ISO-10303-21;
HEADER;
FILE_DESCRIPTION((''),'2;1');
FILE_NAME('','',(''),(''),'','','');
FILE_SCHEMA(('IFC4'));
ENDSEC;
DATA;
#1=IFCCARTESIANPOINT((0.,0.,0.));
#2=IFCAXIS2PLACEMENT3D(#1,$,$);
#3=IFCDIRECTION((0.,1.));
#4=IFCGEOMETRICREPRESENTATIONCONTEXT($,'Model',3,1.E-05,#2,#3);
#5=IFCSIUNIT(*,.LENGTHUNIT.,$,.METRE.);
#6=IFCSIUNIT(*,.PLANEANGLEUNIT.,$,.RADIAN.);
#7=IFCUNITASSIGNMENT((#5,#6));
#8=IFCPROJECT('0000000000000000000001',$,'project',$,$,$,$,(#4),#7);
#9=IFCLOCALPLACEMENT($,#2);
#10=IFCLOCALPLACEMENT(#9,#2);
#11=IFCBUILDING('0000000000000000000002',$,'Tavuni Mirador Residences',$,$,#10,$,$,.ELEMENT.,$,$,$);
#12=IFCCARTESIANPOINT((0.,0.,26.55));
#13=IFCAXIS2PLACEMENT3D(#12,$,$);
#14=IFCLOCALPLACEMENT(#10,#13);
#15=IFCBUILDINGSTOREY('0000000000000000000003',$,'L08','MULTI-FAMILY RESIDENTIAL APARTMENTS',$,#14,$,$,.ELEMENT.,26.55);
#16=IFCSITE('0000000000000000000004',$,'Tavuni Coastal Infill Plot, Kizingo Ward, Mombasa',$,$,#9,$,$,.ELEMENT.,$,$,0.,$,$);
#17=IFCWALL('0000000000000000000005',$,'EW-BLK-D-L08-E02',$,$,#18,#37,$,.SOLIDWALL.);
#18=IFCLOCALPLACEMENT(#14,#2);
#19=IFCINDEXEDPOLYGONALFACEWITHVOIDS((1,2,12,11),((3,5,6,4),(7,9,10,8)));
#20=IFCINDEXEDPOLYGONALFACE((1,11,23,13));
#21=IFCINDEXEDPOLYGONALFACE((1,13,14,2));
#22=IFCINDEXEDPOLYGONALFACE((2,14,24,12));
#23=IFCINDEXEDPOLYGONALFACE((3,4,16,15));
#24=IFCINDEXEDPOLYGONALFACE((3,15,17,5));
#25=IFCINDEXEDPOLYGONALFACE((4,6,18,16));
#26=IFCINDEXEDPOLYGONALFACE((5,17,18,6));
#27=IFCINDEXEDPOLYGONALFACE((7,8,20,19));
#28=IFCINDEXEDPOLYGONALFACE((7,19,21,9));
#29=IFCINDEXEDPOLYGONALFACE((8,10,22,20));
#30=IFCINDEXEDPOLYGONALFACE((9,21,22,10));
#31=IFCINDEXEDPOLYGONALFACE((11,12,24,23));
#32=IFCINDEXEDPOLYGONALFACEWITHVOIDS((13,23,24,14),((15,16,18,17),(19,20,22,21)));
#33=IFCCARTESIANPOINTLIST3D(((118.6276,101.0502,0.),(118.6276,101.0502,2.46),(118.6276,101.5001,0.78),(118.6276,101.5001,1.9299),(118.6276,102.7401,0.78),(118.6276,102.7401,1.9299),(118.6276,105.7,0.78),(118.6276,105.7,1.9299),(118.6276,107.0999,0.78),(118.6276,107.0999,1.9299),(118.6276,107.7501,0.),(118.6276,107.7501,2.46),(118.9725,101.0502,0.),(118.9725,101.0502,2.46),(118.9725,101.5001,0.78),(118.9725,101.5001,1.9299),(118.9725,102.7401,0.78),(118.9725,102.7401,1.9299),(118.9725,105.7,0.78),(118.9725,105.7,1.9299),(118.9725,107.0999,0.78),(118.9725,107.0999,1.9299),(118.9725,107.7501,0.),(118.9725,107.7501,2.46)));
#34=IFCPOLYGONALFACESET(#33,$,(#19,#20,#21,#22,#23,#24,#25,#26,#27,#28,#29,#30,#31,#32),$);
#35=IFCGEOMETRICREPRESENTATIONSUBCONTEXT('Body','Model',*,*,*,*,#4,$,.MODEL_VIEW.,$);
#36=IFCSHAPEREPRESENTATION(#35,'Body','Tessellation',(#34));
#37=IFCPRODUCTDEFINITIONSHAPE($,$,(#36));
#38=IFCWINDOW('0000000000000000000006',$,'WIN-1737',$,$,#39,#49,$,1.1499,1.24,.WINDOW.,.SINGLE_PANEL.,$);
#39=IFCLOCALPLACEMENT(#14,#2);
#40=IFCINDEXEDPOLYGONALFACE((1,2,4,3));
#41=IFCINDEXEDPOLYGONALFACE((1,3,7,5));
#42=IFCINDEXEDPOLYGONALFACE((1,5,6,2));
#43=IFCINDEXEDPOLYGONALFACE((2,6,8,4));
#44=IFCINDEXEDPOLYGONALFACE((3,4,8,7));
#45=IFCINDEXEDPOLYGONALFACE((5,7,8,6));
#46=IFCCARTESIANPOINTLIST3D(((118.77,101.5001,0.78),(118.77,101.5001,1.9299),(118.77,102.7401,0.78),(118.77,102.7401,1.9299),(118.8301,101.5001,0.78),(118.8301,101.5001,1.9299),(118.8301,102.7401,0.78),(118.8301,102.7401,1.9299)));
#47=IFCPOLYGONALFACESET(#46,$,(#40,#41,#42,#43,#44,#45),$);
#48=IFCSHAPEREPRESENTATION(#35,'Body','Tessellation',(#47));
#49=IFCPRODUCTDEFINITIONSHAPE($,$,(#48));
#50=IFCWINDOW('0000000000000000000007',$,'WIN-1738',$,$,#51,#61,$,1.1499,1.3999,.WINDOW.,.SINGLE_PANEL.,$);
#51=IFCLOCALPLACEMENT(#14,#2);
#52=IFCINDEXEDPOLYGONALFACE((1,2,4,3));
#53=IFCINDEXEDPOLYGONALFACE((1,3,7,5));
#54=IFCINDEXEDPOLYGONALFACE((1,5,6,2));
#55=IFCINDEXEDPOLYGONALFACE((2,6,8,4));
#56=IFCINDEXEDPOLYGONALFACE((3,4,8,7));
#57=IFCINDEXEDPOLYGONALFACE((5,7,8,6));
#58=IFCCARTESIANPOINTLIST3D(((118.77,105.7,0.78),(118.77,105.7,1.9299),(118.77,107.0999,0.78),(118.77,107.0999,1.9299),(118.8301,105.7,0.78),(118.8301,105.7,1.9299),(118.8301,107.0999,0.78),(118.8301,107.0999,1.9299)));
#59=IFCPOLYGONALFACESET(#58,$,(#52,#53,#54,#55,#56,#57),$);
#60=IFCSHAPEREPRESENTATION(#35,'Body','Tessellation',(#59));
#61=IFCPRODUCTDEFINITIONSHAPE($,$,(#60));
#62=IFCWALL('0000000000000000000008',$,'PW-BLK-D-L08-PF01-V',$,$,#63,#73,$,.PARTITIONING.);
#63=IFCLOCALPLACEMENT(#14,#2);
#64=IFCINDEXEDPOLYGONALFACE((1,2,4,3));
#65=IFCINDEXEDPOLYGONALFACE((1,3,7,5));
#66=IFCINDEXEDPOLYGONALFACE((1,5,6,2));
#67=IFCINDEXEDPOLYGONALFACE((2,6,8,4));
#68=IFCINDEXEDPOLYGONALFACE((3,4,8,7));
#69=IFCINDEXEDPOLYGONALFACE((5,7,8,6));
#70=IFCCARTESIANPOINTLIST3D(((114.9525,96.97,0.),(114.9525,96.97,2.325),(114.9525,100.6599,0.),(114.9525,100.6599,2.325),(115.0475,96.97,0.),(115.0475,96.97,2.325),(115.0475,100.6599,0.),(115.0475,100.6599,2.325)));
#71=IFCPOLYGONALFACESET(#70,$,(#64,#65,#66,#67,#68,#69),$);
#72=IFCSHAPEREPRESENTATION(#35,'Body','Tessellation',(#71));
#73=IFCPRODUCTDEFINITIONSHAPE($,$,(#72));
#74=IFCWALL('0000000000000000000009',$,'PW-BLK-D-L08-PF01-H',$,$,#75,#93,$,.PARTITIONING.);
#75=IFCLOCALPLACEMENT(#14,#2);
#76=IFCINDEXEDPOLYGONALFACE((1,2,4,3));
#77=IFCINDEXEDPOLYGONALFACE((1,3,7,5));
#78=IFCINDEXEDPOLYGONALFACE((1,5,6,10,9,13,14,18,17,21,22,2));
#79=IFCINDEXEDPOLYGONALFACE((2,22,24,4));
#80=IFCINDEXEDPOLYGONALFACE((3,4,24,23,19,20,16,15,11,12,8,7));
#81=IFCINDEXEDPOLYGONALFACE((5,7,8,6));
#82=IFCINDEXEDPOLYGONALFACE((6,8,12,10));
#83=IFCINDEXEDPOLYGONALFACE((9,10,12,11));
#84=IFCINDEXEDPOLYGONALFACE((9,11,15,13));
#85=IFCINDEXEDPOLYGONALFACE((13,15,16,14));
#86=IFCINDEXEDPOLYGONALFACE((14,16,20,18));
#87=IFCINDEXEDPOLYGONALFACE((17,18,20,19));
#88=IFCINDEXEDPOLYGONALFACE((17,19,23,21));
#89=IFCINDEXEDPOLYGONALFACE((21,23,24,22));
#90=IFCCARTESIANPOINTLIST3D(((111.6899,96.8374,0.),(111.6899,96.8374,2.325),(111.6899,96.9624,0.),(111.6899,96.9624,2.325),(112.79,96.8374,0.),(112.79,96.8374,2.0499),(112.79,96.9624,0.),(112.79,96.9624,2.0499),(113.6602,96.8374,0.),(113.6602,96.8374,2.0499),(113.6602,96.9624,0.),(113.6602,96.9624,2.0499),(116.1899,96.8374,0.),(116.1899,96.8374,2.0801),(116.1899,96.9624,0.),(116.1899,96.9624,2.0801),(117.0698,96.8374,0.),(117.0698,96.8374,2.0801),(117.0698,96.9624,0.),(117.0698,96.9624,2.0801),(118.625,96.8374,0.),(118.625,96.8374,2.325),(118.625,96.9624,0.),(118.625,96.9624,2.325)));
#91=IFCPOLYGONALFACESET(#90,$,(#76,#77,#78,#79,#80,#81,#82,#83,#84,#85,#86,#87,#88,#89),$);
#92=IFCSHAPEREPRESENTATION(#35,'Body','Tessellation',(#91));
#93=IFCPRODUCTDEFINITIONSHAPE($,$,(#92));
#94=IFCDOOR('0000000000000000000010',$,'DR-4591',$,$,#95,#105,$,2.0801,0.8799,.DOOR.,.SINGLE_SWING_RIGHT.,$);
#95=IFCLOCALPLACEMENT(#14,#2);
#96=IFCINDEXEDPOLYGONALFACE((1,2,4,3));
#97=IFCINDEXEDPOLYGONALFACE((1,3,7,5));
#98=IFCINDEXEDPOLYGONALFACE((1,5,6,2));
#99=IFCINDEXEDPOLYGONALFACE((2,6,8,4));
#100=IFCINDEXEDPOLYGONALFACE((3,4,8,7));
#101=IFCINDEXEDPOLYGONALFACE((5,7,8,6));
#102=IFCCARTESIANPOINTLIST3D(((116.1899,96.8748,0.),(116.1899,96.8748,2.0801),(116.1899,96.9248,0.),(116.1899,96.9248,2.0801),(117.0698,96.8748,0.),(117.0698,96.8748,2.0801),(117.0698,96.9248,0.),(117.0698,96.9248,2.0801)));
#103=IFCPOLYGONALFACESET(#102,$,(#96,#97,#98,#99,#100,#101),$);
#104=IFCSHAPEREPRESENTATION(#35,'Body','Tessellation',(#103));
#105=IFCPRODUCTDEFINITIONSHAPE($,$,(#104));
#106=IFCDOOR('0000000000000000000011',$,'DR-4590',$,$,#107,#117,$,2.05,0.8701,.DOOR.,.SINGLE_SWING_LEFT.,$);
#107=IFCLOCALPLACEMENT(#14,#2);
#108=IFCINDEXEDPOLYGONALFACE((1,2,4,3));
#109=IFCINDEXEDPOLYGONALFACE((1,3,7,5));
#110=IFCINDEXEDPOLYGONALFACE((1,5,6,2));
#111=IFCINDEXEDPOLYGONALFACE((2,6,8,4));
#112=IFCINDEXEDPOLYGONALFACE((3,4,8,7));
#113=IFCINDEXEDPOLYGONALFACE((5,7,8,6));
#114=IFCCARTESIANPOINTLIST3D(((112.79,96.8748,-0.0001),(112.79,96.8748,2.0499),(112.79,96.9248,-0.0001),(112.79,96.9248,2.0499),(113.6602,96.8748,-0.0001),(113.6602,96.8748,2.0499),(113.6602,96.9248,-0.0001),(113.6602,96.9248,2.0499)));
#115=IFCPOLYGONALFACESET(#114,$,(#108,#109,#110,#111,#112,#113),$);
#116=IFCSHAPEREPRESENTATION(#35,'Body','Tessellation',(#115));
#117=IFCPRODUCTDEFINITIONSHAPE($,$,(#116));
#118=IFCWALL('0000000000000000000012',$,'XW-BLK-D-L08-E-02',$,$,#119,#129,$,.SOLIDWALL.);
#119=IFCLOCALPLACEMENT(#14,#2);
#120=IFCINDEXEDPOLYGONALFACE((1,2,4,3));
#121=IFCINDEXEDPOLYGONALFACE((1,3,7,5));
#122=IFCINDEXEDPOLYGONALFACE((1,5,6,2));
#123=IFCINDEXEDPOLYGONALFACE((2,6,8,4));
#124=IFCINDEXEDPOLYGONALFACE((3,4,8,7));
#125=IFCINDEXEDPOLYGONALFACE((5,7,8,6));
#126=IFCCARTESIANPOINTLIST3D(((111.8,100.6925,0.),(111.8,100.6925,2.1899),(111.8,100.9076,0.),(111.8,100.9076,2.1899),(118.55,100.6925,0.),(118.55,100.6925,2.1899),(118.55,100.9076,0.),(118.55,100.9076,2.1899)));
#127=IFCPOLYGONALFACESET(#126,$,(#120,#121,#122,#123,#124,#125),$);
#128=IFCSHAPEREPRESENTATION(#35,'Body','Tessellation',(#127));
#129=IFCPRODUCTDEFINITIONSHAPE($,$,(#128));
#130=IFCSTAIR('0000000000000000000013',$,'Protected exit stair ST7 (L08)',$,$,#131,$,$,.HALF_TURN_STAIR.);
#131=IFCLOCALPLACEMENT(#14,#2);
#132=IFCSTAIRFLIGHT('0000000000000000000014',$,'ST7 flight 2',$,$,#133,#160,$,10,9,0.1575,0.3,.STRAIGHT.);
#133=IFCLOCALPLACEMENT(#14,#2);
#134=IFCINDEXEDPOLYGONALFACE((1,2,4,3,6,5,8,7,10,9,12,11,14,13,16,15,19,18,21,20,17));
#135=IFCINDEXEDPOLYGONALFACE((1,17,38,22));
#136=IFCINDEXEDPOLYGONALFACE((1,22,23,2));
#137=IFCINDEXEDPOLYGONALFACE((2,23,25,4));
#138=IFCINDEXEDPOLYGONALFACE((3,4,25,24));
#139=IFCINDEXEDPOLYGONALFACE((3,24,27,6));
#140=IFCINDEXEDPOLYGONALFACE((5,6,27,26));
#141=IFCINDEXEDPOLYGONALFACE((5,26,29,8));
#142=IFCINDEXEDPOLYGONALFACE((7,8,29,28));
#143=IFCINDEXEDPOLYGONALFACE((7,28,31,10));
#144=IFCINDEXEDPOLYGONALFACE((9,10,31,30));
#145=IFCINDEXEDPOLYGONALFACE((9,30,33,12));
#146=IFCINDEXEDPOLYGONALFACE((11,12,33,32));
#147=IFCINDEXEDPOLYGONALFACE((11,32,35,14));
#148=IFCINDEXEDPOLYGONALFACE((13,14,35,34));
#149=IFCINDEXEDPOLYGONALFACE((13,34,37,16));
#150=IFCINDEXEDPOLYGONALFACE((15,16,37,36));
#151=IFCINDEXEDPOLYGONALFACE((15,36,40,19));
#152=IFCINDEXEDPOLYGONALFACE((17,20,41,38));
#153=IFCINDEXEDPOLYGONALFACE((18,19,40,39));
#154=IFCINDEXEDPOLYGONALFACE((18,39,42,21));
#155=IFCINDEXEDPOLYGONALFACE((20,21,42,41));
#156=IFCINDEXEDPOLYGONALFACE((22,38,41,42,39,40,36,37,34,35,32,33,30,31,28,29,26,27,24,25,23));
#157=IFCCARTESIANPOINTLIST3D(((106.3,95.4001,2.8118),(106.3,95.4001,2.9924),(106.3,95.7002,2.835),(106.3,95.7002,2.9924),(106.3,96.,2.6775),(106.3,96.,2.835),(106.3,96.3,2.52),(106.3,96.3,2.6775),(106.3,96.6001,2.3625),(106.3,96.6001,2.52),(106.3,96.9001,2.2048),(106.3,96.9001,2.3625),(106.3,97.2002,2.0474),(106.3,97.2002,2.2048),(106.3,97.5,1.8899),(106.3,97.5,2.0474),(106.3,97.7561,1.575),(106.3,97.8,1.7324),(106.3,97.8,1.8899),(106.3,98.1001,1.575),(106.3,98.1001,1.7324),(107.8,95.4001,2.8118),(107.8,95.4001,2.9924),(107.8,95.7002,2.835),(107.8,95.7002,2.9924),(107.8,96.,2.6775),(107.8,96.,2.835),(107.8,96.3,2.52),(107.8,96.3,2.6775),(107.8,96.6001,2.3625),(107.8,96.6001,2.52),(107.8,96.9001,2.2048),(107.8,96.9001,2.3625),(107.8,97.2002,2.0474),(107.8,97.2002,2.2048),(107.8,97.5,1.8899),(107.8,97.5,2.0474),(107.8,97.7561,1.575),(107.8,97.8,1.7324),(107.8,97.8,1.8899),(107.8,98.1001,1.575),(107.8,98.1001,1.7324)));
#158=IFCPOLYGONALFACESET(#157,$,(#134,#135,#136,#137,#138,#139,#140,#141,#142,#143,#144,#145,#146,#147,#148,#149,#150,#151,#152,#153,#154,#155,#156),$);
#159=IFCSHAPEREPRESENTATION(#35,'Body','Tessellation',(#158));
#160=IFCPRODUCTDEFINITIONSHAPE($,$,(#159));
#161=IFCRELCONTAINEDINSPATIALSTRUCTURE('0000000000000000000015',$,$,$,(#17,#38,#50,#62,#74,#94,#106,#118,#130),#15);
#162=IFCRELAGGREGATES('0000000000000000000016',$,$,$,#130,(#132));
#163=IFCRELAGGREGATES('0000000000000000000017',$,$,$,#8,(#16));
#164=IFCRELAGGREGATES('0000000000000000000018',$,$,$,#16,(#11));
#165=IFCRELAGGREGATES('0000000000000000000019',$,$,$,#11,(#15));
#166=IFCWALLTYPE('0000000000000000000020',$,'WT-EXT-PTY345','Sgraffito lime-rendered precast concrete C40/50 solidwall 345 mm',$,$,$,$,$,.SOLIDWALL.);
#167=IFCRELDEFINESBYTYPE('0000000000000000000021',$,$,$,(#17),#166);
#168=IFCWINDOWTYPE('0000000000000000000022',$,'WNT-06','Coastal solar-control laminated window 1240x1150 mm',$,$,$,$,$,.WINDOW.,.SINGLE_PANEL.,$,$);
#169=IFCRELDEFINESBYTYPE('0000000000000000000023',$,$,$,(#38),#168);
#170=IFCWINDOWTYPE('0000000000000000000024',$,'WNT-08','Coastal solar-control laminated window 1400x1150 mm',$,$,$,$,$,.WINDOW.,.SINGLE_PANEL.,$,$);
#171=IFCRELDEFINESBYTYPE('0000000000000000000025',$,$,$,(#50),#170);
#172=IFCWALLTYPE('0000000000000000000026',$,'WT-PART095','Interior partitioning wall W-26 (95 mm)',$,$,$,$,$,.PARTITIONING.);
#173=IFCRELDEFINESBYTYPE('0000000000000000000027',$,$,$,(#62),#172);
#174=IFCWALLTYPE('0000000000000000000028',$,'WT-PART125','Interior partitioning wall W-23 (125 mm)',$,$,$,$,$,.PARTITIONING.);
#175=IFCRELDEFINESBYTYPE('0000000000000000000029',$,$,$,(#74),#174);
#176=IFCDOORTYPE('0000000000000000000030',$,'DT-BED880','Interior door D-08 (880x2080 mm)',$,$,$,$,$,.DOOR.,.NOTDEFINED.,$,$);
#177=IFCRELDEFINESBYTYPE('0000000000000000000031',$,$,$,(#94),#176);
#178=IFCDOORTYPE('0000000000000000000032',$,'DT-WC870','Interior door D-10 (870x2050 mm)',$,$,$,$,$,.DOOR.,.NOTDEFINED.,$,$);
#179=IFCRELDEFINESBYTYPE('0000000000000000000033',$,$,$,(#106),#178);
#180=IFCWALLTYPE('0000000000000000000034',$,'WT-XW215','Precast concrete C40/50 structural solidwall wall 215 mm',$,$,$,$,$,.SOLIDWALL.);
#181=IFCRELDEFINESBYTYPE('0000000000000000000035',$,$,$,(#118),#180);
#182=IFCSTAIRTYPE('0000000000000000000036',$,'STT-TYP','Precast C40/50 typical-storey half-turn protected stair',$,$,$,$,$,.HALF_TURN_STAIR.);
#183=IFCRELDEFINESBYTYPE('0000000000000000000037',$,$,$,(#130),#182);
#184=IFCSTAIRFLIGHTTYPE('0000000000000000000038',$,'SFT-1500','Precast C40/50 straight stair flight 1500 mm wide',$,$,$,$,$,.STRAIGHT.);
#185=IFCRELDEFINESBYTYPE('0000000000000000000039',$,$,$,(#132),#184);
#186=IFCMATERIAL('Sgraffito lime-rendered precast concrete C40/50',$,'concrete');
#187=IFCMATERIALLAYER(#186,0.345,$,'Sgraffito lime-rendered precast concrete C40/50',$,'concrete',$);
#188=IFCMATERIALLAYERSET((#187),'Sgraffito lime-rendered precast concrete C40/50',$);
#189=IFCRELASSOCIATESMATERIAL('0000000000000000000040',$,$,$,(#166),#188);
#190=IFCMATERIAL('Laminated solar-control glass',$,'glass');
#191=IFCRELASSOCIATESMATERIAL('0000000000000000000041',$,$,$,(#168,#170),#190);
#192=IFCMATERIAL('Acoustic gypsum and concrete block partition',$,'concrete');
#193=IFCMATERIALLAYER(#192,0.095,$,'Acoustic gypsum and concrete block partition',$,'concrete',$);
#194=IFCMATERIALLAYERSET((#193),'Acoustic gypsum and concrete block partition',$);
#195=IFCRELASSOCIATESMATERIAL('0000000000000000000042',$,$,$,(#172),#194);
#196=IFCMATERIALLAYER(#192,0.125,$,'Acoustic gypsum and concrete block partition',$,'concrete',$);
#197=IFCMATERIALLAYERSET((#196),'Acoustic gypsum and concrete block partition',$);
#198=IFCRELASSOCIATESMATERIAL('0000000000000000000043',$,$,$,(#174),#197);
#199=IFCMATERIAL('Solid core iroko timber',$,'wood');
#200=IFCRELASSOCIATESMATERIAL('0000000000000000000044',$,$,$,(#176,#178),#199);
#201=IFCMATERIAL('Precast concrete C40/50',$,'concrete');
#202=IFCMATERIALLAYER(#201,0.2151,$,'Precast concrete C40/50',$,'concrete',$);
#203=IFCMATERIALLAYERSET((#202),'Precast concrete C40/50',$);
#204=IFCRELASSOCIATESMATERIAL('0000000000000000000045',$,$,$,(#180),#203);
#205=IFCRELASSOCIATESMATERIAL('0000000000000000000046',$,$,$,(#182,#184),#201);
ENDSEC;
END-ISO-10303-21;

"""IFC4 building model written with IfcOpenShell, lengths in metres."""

from ifc_helpers import new_model, si_unit, direction, frame, frame_2d, origin, place, context, subcontext, project, spatial, polyline, rectangle, outline, extrude, material, layer, layer_set, type_object, element, fill, aggregate, save


model = new_model("IFC4")

# Units and contexts
model_context = context("Model", 3, precision=1e-05, world=origin(), true_north=direction((0.0, 1.0)))
body_context = subcontext(model_context, "Body", "Model", "MODEL_VIEW")
ifc_project = project(units=[si_unit("LENGTHUNIT", "METRE"), si_unit("PLANEANGLEUNIT", "RADIAN")], contexts=[model_context])

# Site, building, storey
site_placement = place(None, origin())
site = spatial("IfcSite", under=ifc_project, at=site_placement, Name="Tavuni Coastal Infill Plot, Kizingo Ward, Mombasa", CompositionType="ELEMENT", RefElevation=0.0)
building_placement = place(site_placement, origin())
building = spatial("IfcBuilding", under=site, at=building_placement, Name="Tavuni Mirador Residences", CompositionType="ELEMENT")
storey_placement = place(building_placement, frame((0.0, 0.0, 26.55)))
storey = spatial("IfcBuildingStorey", under=building, at=storey_placement, Name="L08", Description="MULTI-FAMILY RESIDENTIAL APARTMENTS", CompositionType="ELEMENT", Elevation=26.55)

# Shared definitions
ifc_material_1 = material(Name="Precast concrete C40/50", Category="concrete")

# Wall, openings, windows
ifc_material_2 = material(Name="Sgraffito lime-rendered precast concrete C40/50", Category="concrete")
ifc_layer_1 = layer(ifc_material_2, 0.345, Name="Sgraffito lime-rendered precast concrete C40/50", Category="concrete")
ifc_layer_set_1 = layer_set([ifc_layer_1], Name="Sgraffito lime-rendered precast concrete C40/50")
wall_type_1 = type_object("IfcWallType", Name="WT-EXT-PTY345", Description="Sgraffito lime-rendered precast concrete C40/50 solidwall 345 mm", PredefinedType="SOLIDWALL", material=ifc_layer_set_1)
wall_1_placement = place(storey_placement, frame((118.8, 101.05, 0.0), z_axis=(0.0, 0.0, 1.0), x_axis=(0.0, 1.0, 0.0)))
wall_1 = element("IfcWall", 1, at=wall_1_placement, inside=storey, type_object=wall_type_1, Name="EW-BLK-D-L08-E02", PredefinedType="SOLIDWALL", context=body_context, shape_type="SweptSolid", body=[
    extrude(rectangle(XDim=6.7, YDim=0.345, at=frame_2d((3.3501, 0.0))), origin(), (0.0, 0.0, 1.0), 2.46),
])
opening_1_placement = place(wall_1_placement, frame((0.45, 0.0, 0.78)))
opening_1 = element("IfcOpeningElement", 2, at=opening_1_placement, cuts=wall_1, PredefinedType="OPENING", context=body_context, shape_type="SweptSolid", body=[
    extrude(rectangle(XDim=1.24, YDim=1.1499, at=frame_2d((0.6201, 0.575))), frame((0.0, 0.1826, 0.0), z_axis=(0.0, -1.0, 0.0), x_axis=(1.0, 0.0, 0.0)), (0.0, 0.0, 1.0), 0.365),
])
opening_2_placement = place(wall_1_placement, frame((4.6499, 0.0, 0.78)))
opening_2 = element("IfcOpeningElement", 3, at=opening_2_placement, cuts=wall_1, PredefinedType="OPENING", context=body_context, shape_type="SweptSolid", body=[
    extrude(rectangle(XDim=1.3999, YDim=1.1499, at=frame_2d((0.7, 0.575))), frame((0.0, 0.1826, 0.0), z_axis=(0.0, -1.0, 0.0), x_axis=(1.0, 0.0, 0.0)), (0.0, 0.0, 1.0), 0.365),
])
ifc_material_3 = material(Name="Laminated solar-control glass", Category="glass")
window_type_1 = type_object("IfcWindowType", Name="WNT-06", Description="Coastal solar-control laminated window 1240x1150 mm", PartitioningType="SINGLE_PANEL", PredefinedType="WINDOW", material=ifc_material_3)
window_1_placement = place(opening_1_placement, origin())
window_1 = element("IfcWindow", 4, at=window_1_placement, inside=storey, type_object=window_type_1, Name="WIN-1737", OverallHeight=1.1499, OverallWidth=1.24, PartitioningType="SINGLE_PANEL", PredefinedType="WINDOW", context=body_context, shape_type="SweptSolid", body=[
    extrude(rectangle(XDim=1.24, YDim=1.1499, at=frame_2d((0.6201, 0.575))), frame((0.0, 0.03, 0.0), z_axis=(0.0, -1.0, 0.0), x_axis=(1.0, 0.0, 0.0)), (0.0, 0.0, 1.0), 0.0601),
])
fill(opening_1, window_1)
window_type_2 = type_object("IfcWindowType", Name="WNT-08", Description="Coastal solar-control laminated window 1400x1150 mm", PartitioningType="SINGLE_PANEL", PredefinedType="WINDOW", material=ifc_material_3)
window_2_placement = place(opening_2_placement, origin())
window_2 = element("IfcWindow", 5, at=window_2_placement, inside=storey, type_object=window_type_2, Name="WIN-1738", OverallHeight=1.1499, OverallWidth=1.3999, PartitioningType="SINGLE_PANEL", PredefinedType="WINDOW", context=body_context, shape_type="SweptSolid", body=[
    extrude(rectangle(XDim=1.3999, YDim=1.1499, at=frame_2d((0.7, 0.575))), frame((0.0, 0.03, 0.0), z_axis=(0.0, -1.0, 0.0), x_axis=(1.0, 0.0, 0.0)), (0.0, 0.0, 1.0), 0.0601),
])
fill(opening_2, window_2)

# Wall
ifc_material_4 = material(Name="Acoustic gypsum and concrete block partition", Category="concrete")
ifc_layer_2 = layer(ifc_material_4, 0.095, Name="Acoustic gypsum and concrete block partition", Category="concrete")
ifc_layer_set_2 = layer_set([ifc_layer_2], Name="Acoustic gypsum and concrete block partition")
wall_type_2 = type_object("IfcWallType", Name="WT-PART095", Description="Interior partitioning wall W-26 (95 mm)", PredefinedType="PARTITIONING", material=ifc_layer_set_2)
wall_2_placement = place(storey_placement, frame((115.0, 96.97, 0.0), z_axis=(0.0, 0.0, 1.0), x_axis=(0.0, 1.0, 0.0)))
element("IfcWall", 6, at=wall_2_placement, inside=storey, type_object=wall_type_2, Name="PW-BLK-D-L08-PF01-V", PredefinedType="PARTITIONING", context=body_context, shape_type="SweptSolid", body=[
    extrude(rectangle(XDim=3.6899, YDim=0.095, at=frame_2d((1.845, 0.0))), origin(), (0.0, 0.0, 1.0), 2.325),
])

# Wall, openings, doors
ifc_layer_3 = layer(ifc_material_4, 0.125, Name="Acoustic gypsum and concrete block partition", Category="concrete")
ifc_layer_set_3 = layer_set([ifc_layer_3], Name="Acoustic gypsum and concrete block partition")
wall_type_3 = type_object("IfcWallType", Name="WT-PART125", Description="Interior partitioning wall W-23 (125 mm)", PredefinedType="PARTITIONING", material=ifc_layer_set_3)
wall_3_placement = place(storey_placement, frame((111.6899, 96.8999, 0.0), z_axis=(0.0, 0.0, 1.0), x_axis=(1.0, 0.0, 0.0)))
wall_3 = element("IfcWall", 7, at=wall_3_placement, inside=storey, type_object=wall_type_3, Name="PW-BLK-D-L08-PF01-H", PredefinedType="PARTITIONING", context=body_context, shape_type="SweptSolid", body=[
    extrude(rectangle(XDim=6.9351, YDim=0.125, at=frame_2d((3.4675, 0.0))), origin(), (0.0, 0.0, 1.0), 2.325),
])
opening_3_placement = place(wall_3_placement, frame((1.1001, 0.0, 0.0)))
opening_3 = element("IfcOpeningElement", 8, at=opening_3_placement, cuts=wall_3, PredefinedType="OPENING", context=body_context, shape_type="SweptSolid", body=[
    extrude(rectangle(XDim=0.8701, YDim=2.05, at=frame_2d((0.4351, 1.0249))), frame((0.0, 0.0725, 0.0), z_axis=(0.0, -1.0, 0.0), x_axis=(1.0, 0.0, 0.0)), (0.0, 0.0, 1.0), 0.145),
])
opening_4_placement = place(wall_3_placement, frame((4.5, 0.0, 0.0)))
opening_4 = element("IfcOpeningElement", 9, at=opening_4_placement, cuts=wall_3, PredefinedType="OPENING", context=body_context, shape_type="SweptSolid", body=[
    extrude(rectangle(XDim=0.8799, YDim=2.0801, at=frame_2d((0.4399, 1.04))), frame((0.0, 0.0725, 0.0), z_axis=(0.0, -1.0, 0.0), x_axis=(1.0, 0.0, 0.0)), (0.0, 0.0, 1.0), 0.145),
])
ifc_material_5 = material(Name="Solid core iroko timber", Category="wood")
door_type_1 = type_object("IfcDoorType", Name="DT-BED880", Description="Interior door D-08 (880x2080 mm)", OperationType="NOTDEFINED", PredefinedType="DOOR", material=ifc_material_5)
door_1_placement = place(opening_4_placement, origin())
door_1 = element("IfcDoor", 10, at=door_1_placement, inside=storey, type_object=door_type_1, Name="DR-4591", OperationType="SINGLE_SWING_RIGHT", OverallHeight=2.0801, OverallWidth=0.8799, PredefinedType="DOOR", context=body_context, shape_type="SweptSolid", body=[
    extrude(rectangle(XDim=0.8799, YDim=2.0801, at=frame_2d((0.4399, 1.04))), frame((0.0, 0.0249, 0.0), z_axis=(0.0, -1.0, 0.0), x_axis=(1.0, 0.0, 0.0)), (0.0, 0.0, 1.0), 0.05),
])
fill(opening_4, door_1)
door_type_2 = type_object("IfcDoorType", Name="DT-WC870", Description="Interior door D-10 (870x2050 mm)", OperationType="NOTDEFINED", PredefinedType="DOOR", material=ifc_material_5)
door_2_placement = place(opening_3_placement, origin())
door_2 = element("IfcDoor", 11, at=door_2_placement, inside=storey, type_object=door_type_2, Name="DR-4590", OperationType="SINGLE_SWING_LEFT", OverallHeight=2.05, OverallWidth=0.8701, PredefinedType="DOOR", context=body_context, shape_type="SweptSolid", body=[
    extrude(rectangle(XDim=0.8701, YDim=2.05, at=frame_2d((0.4351, 1.0249))), frame((0.0, 0.0249, 0.0), z_axis=(0.0, -1.0, 0.0), x_axis=(1.0, 0.0, 0.0)), (0.0, 0.0, 1.0), 0.05),
])
fill(opening_3, door_2)

# Wall
ifc_layer_4 = layer(ifc_material_1, 0.2151, Name="Precast concrete C40/50", Category="concrete")
ifc_layer_set_4 = layer_set([ifc_layer_4], Name="Precast concrete C40/50")
wall_type_4 = type_object("IfcWallType", Name="WT-XW215", Description="Precast concrete C40/50 structural solidwall wall 215 mm", PredefinedType="SOLIDWALL", material=ifc_layer_set_4)
wall_4_placement = place(storey_placement, frame((111.8, 100.8, 0.0), z_axis=(0.0, 0.0, 1.0), x_axis=(1.0, 0.0, 0.0)))
element("IfcWall", 12, at=wall_4_placement, inside=storey, type_object=wall_type_4, Name="XW-BLK-D-L08-E-02", PredefinedType="SOLIDWALL", context=body_context, shape_type="SweptSolid", body=[
    extrude(rectangle(XDim=6.75, YDim=0.2151, at=frame_2d((3.375, 0.0))), origin(), (0.0, 0.0, 1.0), 2.1899),
])

# Stair, stair flight
stair_type = type_object("IfcStairType", Name="STT-TYP", Description="Precast C40/50 typical-storey half-turn protected stair", PredefinedType="HALF_TURN_STAIR", material=ifc_material_1)
stair_placement = place(storey_placement, origin())
stair = element("IfcStair", 13, at=stair_placement, inside=storey, type_object=stair_type, Name="Protected exit stair ST7 (L08)", PredefinedType="HALF_TURN_STAIR")
stair_flight_type = type_object("IfcStairFlightType", Name="SFT-1500", Description="Precast C40/50 straight stair flight 1500 mm wide", PredefinedType="STRAIGHT", material=ifc_material_1)
stair_flight_placement = place(storey_placement, frame((107.05, 98.1001, 1.575), z_axis=(0.0, 0.0, 1.0), x_axis=(0.0, -1.0, 0.0)))
stair_flight = element("IfcStairFlight", 14, at=stair_flight_placement, type_object=stair_flight_type, Name="ST7 flight 2", NumberOfRisers=10, NumberOfTreads=9, PredefinedType="STRAIGHT", RiserHeight=0.1575, TreadLength=0.3, context=body_context, shape_type="SweptSolid", body=[
    extrude(outline(polyline([(0.0, 0.0), (0.0, 0.1575), (0.3, 0.1575), (0.3, 0.3149), (0.6001, 0.3149), (0.6001, 0.4724), (0.8999, 0.4724), (0.8999, 0.6299), (1.2, 0.6299), (1.2, 0.7876), (1.5, 0.7876), (1.5, 0.9451), (1.8, 0.9451), (1.8, 1.1025), (2.1001, 1.1025), (2.1001, 1.26), (2.3999, 1.26), (2.3999, 1.4175), (2.7, 1.4175), (2.7, 1.575), (2.7, 1.2368), (0.344, 0.0), (0.0, 0.0)])), frame((0.0, 0.75, 0.0), z_axis=(0.0, -1.0, 0.0), x_axis=(1.0, 0.0, 0.0)), (0.0, 0.0, 1.0), 1.5),
])
aggregate(stair, [stair_flight])

save(model, "model.ifc")
